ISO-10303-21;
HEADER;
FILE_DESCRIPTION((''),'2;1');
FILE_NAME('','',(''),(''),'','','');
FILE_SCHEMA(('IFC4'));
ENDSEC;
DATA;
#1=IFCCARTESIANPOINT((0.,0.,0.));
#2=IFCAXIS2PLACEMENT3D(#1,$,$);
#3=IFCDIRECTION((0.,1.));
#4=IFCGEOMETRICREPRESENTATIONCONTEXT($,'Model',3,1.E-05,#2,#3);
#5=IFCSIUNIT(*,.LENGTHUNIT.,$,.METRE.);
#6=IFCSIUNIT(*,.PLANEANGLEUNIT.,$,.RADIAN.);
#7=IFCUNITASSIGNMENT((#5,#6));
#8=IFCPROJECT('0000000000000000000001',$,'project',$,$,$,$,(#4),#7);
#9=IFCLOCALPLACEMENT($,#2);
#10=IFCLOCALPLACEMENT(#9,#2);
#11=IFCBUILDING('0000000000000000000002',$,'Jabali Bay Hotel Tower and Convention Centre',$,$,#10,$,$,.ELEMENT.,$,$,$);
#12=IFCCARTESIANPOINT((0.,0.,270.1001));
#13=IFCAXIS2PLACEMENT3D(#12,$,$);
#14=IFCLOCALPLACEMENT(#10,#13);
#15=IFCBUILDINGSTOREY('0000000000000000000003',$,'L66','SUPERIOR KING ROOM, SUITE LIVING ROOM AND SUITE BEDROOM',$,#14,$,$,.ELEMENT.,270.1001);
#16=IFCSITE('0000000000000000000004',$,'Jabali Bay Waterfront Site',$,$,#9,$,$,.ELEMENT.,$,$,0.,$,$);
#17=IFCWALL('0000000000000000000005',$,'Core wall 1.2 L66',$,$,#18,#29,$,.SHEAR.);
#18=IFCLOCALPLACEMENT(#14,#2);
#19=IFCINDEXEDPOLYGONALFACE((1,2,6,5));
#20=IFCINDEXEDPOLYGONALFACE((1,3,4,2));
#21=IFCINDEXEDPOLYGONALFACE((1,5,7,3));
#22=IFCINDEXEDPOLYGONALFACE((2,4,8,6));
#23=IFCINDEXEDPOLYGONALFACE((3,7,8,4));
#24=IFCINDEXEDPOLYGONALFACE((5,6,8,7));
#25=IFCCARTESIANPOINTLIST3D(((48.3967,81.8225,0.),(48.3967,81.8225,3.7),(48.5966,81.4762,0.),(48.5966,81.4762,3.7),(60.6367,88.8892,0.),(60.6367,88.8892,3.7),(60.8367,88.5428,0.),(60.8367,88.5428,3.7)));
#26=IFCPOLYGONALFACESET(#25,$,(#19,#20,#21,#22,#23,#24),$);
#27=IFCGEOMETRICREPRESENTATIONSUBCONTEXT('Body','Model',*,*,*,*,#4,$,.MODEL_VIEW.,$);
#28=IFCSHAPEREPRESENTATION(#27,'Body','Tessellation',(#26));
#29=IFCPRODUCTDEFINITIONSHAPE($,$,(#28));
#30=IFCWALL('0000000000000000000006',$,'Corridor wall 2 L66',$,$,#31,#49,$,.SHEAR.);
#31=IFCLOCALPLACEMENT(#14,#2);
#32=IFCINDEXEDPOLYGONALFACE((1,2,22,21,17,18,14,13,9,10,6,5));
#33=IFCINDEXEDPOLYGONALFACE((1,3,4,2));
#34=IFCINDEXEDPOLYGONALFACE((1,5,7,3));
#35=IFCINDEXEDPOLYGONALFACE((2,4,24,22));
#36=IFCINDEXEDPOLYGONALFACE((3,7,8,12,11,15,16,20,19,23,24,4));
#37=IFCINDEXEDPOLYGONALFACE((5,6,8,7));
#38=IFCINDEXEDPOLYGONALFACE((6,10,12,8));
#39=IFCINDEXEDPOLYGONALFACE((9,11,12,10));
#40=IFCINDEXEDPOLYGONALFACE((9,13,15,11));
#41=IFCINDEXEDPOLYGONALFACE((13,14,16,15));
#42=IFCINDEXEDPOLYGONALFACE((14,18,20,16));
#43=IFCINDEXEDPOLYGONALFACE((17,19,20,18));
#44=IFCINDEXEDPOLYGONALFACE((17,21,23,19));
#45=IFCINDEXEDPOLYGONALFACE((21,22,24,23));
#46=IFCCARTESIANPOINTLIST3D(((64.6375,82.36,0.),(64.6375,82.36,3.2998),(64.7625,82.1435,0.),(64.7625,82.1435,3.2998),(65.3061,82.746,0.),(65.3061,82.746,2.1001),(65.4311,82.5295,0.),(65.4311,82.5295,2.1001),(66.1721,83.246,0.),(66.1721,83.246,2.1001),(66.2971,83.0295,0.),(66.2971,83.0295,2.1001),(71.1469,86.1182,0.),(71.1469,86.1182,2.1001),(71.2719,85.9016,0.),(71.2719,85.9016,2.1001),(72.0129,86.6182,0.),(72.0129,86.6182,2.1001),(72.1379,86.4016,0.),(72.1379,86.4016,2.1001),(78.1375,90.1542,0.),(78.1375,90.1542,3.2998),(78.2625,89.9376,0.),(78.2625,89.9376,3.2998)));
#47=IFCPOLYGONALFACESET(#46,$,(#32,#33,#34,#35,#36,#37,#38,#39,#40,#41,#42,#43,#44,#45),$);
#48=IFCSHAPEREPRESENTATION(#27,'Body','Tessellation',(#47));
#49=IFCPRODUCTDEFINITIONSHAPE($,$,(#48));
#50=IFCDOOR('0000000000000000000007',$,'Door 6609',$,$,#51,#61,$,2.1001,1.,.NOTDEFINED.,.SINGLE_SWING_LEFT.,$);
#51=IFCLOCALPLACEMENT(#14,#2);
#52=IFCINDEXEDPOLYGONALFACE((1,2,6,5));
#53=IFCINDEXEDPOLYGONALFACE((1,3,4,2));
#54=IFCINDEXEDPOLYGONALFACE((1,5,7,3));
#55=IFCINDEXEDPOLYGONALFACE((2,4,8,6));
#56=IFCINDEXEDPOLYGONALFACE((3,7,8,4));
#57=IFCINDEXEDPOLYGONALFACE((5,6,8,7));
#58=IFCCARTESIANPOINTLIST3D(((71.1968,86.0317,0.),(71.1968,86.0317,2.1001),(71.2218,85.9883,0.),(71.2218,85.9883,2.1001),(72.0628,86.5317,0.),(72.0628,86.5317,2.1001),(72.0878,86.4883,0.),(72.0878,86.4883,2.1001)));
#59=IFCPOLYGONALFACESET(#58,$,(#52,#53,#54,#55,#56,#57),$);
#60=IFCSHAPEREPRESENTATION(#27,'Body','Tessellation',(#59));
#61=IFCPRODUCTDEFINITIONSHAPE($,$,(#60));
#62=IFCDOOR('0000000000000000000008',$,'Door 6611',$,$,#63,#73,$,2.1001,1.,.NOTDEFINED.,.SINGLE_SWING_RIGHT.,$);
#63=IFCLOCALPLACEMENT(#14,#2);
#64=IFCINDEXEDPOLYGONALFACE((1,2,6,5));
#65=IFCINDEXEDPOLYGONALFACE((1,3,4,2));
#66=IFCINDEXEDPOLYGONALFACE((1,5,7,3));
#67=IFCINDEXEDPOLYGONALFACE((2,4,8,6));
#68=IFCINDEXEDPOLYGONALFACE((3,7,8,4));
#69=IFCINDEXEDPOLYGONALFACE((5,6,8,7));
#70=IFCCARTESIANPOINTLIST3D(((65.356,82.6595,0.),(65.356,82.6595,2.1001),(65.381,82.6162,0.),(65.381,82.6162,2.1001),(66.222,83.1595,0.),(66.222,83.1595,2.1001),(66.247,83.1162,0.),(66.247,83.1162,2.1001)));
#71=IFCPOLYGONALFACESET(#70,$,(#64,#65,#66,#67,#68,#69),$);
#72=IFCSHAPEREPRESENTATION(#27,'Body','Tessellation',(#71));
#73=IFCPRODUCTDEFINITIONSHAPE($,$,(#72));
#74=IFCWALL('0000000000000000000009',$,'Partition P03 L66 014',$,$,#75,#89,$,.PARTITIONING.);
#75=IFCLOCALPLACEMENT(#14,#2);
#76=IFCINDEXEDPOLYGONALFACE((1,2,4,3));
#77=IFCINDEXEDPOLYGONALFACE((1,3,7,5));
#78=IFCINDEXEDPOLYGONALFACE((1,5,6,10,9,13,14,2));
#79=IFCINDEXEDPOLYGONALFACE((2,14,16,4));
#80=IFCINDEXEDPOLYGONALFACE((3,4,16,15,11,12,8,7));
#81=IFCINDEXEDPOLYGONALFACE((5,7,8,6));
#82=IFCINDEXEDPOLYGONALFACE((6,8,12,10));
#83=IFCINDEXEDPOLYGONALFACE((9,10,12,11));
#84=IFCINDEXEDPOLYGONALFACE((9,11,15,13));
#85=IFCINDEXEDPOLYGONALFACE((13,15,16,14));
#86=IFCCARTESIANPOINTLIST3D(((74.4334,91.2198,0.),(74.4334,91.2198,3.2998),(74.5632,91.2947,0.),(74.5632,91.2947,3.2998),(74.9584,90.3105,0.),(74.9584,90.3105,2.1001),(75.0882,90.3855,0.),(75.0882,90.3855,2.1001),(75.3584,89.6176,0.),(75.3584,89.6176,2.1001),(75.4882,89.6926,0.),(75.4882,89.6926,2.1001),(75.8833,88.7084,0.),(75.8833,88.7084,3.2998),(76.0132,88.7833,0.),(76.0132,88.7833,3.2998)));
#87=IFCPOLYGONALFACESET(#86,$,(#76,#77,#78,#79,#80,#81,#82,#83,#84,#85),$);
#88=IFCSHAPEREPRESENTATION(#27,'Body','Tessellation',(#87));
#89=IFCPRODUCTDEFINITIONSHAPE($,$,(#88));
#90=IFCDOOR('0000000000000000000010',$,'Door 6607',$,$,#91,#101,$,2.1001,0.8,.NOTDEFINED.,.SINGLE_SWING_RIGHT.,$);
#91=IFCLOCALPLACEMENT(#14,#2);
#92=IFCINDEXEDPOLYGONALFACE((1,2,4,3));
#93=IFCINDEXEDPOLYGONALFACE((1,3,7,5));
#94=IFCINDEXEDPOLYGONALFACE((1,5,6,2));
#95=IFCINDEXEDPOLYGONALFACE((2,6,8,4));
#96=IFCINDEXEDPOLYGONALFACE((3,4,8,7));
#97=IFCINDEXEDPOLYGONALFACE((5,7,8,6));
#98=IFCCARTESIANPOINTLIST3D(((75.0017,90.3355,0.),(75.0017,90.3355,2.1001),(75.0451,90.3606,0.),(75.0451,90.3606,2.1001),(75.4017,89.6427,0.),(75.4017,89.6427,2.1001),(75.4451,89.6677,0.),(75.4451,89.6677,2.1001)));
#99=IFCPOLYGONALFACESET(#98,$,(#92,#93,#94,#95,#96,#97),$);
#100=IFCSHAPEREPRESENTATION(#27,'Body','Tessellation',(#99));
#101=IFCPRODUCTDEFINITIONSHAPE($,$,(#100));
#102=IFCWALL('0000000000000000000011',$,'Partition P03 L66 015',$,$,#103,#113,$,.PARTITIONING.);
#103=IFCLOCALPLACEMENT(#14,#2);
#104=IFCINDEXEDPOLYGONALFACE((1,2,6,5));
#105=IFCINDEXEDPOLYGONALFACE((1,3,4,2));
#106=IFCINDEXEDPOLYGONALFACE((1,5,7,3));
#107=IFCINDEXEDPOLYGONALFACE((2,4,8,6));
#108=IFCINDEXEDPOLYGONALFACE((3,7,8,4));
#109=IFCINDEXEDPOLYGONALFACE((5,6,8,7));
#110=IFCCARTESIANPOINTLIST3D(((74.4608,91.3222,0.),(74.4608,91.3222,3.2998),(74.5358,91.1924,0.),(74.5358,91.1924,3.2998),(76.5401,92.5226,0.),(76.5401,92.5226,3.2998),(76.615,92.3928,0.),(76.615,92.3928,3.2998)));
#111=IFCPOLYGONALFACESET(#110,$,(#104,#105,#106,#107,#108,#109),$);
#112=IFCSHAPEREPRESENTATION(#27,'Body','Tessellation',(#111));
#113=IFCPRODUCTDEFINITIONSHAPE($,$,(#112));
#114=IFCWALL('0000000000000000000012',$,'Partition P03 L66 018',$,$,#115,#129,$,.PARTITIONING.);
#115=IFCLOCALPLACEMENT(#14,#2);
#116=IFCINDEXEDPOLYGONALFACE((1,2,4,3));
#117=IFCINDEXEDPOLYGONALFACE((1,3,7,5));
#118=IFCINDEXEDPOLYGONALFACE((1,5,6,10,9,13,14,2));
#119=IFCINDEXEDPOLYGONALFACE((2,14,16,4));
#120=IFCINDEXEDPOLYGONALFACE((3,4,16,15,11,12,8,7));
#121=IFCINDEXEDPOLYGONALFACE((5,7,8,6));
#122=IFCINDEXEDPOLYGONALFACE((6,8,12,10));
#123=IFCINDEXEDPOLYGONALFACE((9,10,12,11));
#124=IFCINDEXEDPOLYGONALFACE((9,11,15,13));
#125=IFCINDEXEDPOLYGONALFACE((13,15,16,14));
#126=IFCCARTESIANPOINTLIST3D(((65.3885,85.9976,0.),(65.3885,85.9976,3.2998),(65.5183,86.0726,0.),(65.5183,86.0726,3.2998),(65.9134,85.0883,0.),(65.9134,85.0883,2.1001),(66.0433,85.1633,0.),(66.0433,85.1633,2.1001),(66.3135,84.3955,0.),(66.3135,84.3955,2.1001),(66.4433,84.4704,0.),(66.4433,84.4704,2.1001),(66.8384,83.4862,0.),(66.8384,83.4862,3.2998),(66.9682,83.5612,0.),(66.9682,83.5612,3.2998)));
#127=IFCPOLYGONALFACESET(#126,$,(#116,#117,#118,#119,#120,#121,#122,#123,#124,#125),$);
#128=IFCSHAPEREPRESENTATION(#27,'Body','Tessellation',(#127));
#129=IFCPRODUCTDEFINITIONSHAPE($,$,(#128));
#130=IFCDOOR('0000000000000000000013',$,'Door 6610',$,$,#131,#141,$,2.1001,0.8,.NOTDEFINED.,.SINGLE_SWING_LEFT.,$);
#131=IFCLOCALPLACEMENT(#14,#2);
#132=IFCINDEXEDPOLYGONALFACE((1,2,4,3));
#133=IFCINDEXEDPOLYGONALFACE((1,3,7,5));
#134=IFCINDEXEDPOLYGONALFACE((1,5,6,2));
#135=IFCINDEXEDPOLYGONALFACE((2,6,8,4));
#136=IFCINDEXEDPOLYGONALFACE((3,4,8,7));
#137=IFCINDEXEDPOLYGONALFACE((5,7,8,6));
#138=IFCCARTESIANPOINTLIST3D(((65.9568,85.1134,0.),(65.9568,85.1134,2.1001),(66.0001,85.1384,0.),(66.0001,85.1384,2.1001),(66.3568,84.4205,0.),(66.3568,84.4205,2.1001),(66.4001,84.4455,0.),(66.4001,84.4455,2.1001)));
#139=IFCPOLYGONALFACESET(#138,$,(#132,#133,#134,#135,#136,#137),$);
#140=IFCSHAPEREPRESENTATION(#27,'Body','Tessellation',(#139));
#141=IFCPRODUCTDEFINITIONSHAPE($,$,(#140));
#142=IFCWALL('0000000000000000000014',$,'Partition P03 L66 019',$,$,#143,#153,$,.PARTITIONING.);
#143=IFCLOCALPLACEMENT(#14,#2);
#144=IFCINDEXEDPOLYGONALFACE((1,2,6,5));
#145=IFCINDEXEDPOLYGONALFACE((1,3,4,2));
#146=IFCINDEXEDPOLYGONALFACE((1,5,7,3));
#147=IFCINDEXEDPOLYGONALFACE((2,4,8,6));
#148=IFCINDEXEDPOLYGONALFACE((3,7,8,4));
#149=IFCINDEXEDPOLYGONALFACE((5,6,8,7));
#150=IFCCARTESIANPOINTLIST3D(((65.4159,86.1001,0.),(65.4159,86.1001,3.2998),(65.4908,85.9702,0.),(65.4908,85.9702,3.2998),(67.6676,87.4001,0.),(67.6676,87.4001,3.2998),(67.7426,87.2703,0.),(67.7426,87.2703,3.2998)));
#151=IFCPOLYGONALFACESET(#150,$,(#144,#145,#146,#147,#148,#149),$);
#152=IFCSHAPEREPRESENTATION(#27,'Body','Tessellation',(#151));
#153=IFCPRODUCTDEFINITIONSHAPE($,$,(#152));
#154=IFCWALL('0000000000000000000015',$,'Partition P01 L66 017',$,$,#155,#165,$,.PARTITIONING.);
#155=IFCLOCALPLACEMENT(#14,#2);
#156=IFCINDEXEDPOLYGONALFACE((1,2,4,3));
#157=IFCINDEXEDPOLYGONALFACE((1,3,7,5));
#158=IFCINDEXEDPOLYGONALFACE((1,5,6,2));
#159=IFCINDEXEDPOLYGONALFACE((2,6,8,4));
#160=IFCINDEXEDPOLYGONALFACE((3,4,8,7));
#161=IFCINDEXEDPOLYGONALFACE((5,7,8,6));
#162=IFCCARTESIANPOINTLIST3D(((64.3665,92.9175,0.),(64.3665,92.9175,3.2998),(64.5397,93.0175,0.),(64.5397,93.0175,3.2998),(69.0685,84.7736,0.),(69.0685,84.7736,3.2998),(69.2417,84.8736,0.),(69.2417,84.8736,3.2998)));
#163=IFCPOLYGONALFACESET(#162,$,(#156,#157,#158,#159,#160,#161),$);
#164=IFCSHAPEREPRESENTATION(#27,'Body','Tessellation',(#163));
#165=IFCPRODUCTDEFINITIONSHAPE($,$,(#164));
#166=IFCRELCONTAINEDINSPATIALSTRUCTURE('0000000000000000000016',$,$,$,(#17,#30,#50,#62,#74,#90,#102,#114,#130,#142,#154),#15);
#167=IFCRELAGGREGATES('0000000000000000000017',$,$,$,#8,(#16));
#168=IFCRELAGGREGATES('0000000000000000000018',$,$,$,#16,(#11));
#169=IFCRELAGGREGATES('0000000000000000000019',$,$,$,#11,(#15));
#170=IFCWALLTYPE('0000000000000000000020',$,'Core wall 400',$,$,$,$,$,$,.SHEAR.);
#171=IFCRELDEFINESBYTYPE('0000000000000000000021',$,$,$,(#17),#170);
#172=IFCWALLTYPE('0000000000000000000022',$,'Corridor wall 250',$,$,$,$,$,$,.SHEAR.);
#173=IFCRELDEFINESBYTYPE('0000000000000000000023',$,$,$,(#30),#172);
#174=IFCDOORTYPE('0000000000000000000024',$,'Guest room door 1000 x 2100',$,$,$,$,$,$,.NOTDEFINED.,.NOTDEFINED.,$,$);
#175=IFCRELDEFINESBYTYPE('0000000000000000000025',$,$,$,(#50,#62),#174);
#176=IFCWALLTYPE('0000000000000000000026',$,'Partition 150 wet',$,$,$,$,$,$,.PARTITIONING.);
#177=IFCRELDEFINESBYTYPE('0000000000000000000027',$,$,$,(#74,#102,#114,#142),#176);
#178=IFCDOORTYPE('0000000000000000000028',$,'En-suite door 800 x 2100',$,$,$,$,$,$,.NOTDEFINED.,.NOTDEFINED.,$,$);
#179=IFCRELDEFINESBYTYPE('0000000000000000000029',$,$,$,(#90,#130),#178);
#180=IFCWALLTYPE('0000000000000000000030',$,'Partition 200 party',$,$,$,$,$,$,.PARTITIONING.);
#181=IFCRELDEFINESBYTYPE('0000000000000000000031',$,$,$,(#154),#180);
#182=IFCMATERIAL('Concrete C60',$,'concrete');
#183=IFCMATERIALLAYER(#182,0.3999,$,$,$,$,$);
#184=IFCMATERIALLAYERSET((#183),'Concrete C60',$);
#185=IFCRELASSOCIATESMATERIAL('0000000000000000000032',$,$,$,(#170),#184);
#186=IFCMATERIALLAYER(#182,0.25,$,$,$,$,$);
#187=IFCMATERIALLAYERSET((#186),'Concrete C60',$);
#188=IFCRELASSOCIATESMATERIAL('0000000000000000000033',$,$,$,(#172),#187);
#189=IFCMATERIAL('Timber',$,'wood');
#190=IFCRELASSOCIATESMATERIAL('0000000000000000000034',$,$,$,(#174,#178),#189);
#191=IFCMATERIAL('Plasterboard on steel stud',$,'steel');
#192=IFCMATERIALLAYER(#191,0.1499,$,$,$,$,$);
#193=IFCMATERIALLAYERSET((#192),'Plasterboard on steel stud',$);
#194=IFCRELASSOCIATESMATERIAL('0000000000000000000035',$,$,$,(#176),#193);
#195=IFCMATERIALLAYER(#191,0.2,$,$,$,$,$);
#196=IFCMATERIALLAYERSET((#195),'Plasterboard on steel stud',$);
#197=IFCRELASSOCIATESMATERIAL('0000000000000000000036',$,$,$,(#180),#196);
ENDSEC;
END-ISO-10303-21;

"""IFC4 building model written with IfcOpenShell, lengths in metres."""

from ifc_helpers import new_model, si_unit, direction, frame, frame_2d, origin, place, context, subcontext, project, spatial, rectangle, extrude, material, layer, layer_set, type_object, element, fill, save


model = new_model("IFC4")

# Units and contexts
model_context = context("Model", 3, precision=1e-05, world=origin(), true_north=direction((0.0, 1.0)))
body_context = subcontext(model_context, "Body", "Model", "MODEL_VIEW")
ifc_project = project(units=[si_unit("LENGTHUNIT", "METRE"), si_unit("PLANEANGLEUNIT", "RADIAN")], contexts=[model_context])

# Site, building, storey
site_placement = place(None, origin())
site = spatial("IfcSite", under=ifc_project, at=site_placement, Name="Jabali Bay Waterfront Site", CompositionType="ELEMENT", RefElevation=0.0)
building_placement = place(site_placement, origin())
building = spatial("IfcBuilding", under=site, at=building_placement, Name="Jabali Bay Hotel Tower and Convention Centre", CompositionType="ELEMENT")
storey_placement = place(building_placement, frame((0.0, 0.0, 270.1001)))
storey = spatial("IfcBuildingStorey", under=building, at=storey_placement, Name="L66", Description="SUPERIOR KING ROOM, SUITE LIVING ROOM AND SUITE BEDROOM", CompositionType="ELEMENT", Elevation=270.1001)

# Shared definitions
ifc_material_1 = material(Name="Concrete C60", Category="concrete")
ifc_layer_1 = layer(ifc_material_1, 0.3999)
ifc_layer_set_1 = layer_set([ifc_layer_1], Name="Concrete C60")
wall_type_1 = type_object("IfcWallType", Name="Core wall 400", PredefinedType="SHEAR", material=ifc_layer_set_1)

# Wall
wall_1_placement = place(storey_placement, frame((60.7368, 88.7161, 0.0), z_axis=(0.0, 0.0, 1.0), x_axis=(-0.866029, -0.499994, 0.0)))
element("IfcWall", 1, at=wall_1_placement, inside=storey, type_object=wall_type_1, Name="Core wall 1.2 L66", PredefinedType="SHEAR", context=body_context, shape_type="SweptSolid", body=[
    extrude(rectangle(XDim=14.1335, YDim=0.3999, at=frame_2d((7.0669, 0.0))), origin(), (0.0, 0.0, 1.0), 3.7),
])

# Wall, openings, doors
ifc_layer_2 = layer(ifc_material_1, 0.25)
ifc_layer_set_2 = layer_set([ifc_layer_2], Name="Concrete C60")
wall_type_2 = type_object("IfcWallType", Name="Corridor wall 250", PredefinedType="SHEAR", material=ifc_layer_set_2)
wall_2_placement = place(storey_placement, frame((78.2, 90.0459, 0.0), z_axis=(0.0, 0.0, 1.0), x_axis=(-0.866026, -0.499998, 0.0)))
wall_2 = element("IfcWall", 2, at=wall_2_placement, inside=storey, type_object=wall_type_2, Name="Corridor wall 2 L66", PredefinedType="SHEAR", context=body_context, shape_type="SweptSolid", body=[
    extrude(rectangle(XDim=15.5884, YDim=0.25, at=frame_2d((7.7942, 0.0))), origin(), (0.0, 0.0, 1.0), 3.2998),
])
opening_1_placement = place(wall_2_placement, frame((7.072, 0.0, 0.0)))
opening_1 = element("IfcOpeningElement", 3, at=opening_1_placement, cuts=wall_2, PredefinedType="OPENING", context=body_context, shape_type="SweptSolid", body=[
    extrude(rectangle(XDim=1.0, YDim=2.1001, at=frame_2d((0.5, 1.05))), frame((0.0, 0.1355, 0.0), z_axis=(0.0, -1.0, 0.0), x_axis=(1.0, 0.0, 0.0)), (0.0, 0.0, 1.0), 0.271),
])
opening_2_placement = place(wall_2_placement, frame((13.8164, 0.0, 0.0)))
opening_2 = element("IfcOpeningElement", 4, at=opening_2_placement, cuts=wall_2, PredefinedType="OPENING", context=body_context, shape_type="SweptSolid", body=[
    extrude(rectangle(XDim=1.0, YDim=2.1001, at=frame_2d((0.5, 1.05))), frame((0.0, 0.1355, 0.0), z_axis=(0.0, -1.0, 0.0), x_axis=(1.0, 0.0, 0.0)), (0.0, 0.0, 1.0), 0.271),
])
ifc_material_2 = material(Name="Timber", Category="wood")
door_type_1 = type_object("IfcDoorType", Name="Guest room door 1000 x 2100", OperationType="NOTDEFINED", PredefinedType="NOTDEFINED", material=ifc_material_2)
door_1_placement = place(opening_1_placement, origin())
door_1 = element("IfcDoor", 5, at=door_1_placement, inside=storey, type_object=door_type_1, Name="Door 6609", OperationType="SINGLE_SWING_LEFT", OverallHeight=2.1001, OverallWidth=1.0, PredefinedType="NOTDEFINED", context=body_context, shape_type="SweptSolid", body=[
    extrude(rectangle(XDim=1.0, YDim=2.1001, at=frame_2d((0.5, 1.05))), frame((0.0, 0.0249, 0.0), z_axis=(0.0, -1.0, 0.0), x_axis=(1.0, 0.0, 0.0)), (0.0, 0.0, 1.0), 0.05),
])
fill(opening_1, door_1)
door_2_placement = place(opening_2_placement, origin())
door_2 = element("IfcDoor", 6, at=door_2_placement, inside=storey, type_object=door_type_1, Name="Door 6611", OperationType="SINGLE_SWING_RIGHT", OverallHeight=2.1001, OverallWidth=1.0, PredefinedType="NOTDEFINED", context=body_context, shape_type="SweptSolid", body=[
    extrude(rectangle(XDim=1.0, YDim=2.1001, at=frame_2d((0.5, 1.05))), frame((0.0, 0.0249, 0.0), z_axis=(0.0, -1.0, 0.0), x_axis=(1.0, 0.0, 0.0)), (0.0, 0.0, 1.0), 0.05),
])
fill(opening_2, door_2)

# Wall, opening, door
ifc_material_3 = material(Name="Plasterboard on steel stud", Category="steel")
ifc_layer_3 = layer(ifc_material_3, 0.1499)
ifc_layer_set_3 = layer_set([ifc_layer_3], Name="Plasterboard on steel stud")
wall_type_3 = type_object("IfcWallType", Name="Partition 150 wet", PredefinedType="PARTITIONING", material=ifc_layer_set_3)
wall_3_placement = place(storey_placement, frame((75.9482, 88.7458, 0.0), z_axis=(0.0, 0.0, 1.0), x_axis=(-0.499987, 0.866033, 0.0)))
wall_3 = element("IfcWall", 7, at=wall_3_placement, inside=storey, type_object=wall_type_3, Name="Partition P03 L66 014", PredefinedType="PARTITIONING", context=body_context, shape_type="SweptSolid", body=[
    extrude(rectangle(XDim=2.8999, YDim=0.1499, at=frame_2d((1.45, 0.0))), origin(), (0.0, 0.0, 1.0), 3.2998),
])
opening_3_placement = place(wall_3_placement, frame((1.05, 0.0, 0.0)))
opening_3 = element("IfcOpeningElement", 8, at=opening_3_placement, cuts=wall_3, PredefinedType="OPENING", context=body_context, shape_type="SweptSolid", body=[
    extrude(rectangle(XDim=0.8, YDim=2.1001, at=frame_2d((0.3999, 1.05))), frame((0.0, 0.0854, 0.0), z_axis=(0.0, -1.0, 0.0), x_axis=(1.0, 0.0, 0.0)), (0.0, 0.0, 1.0), 0.1709),
])
door_type_2 = type_object("IfcDoorType", Name="En-suite door 800 x 2100", OperationType="NOTDEFINED", PredefinedType="NOTDEFINED", material=ifc_material_2)
door_3_placement = place(opening_3_placement, origin())
door_3 = element("IfcDoor", 9, at=door_3_placement, inside=storey, type_object=door_type_2, Name="Door 6607", OperationType="SINGLE_SWING_RIGHT", OverallHeight=2.1001, OverallWidth=0.8, PredefinedType="NOTDEFINED", context=body_context, shape_type="SweptSolid", body=[
    extrude(rectangle(XDim=0.8, YDim=2.1001, at=frame_2d((0.3999, 1.05))), frame((0.0, 0.0249, 0.0), z_axis=(0.0, -1.0, 0.0), x_axis=(1.0, 0.0, 0.0)), (0.0, 0.0, 1.0), 0.05),
])
fill(opening_3, door_3)

# Wall
wall_4_placement = place(storey_placement, frame((74.4983, 91.2573, 0.0), z_axis=(0.0, 0.0, 1.0), x_axis=(0.866038, 0.499978, 0.0)))
element("IfcWall", 10, at=wall_4_placement, inside=storey, type_object=wall_type_3, Name="Partition P03 L66 015", PredefinedType="PARTITIONING", context=body_context, shape_type="SweptSolid", body=[
    extrude(rectangle(XDim=2.4009, YDim=0.1499, at=frame_2d((1.2004, 0.0))), origin(), (0.0, 0.0, 1.0), 3.2998),
])

# Wall, opening, door
wall_5_placement = place(storey_placement, frame((66.9033, 83.5237, 0.0), z_axis=(0.0, 0.0, 1.0), x_axis=(-0.499987, 0.866033, 0.0)))
wall_5 = element("IfcWall", 11, at=wall_5_placement, inside=storey, type_object=wall_type_3, Name="Partition P03 L66 018", PredefinedType="PARTITIONING", context=body_context, shape_type="SweptSolid", body=[
    extrude(rectangle(XDim=2.8999, YDim=0.1499, at=frame_2d((1.45, 0.0))), origin(), (0.0, 0.0, 1.0), 3.2998),
])
opening_4_placement = place(wall_5_placement, frame((1.05, 0.0, 0.0)))
opening_4 = element("IfcOpeningElement", 12, at=opening_4_placement, cuts=wall_5, PredefinedType="OPENING", context=body_context, shape_type="SweptSolid", body=[
    extrude(rectangle(XDim=0.8, YDim=2.1001, at=frame_2d((0.3999, 1.05))), frame((0.0, 0.0854, 0.0), z_axis=(0.0, -1.0, 0.0), x_axis=(1.0, 0.0, 0.0)), (0.0, 0.0, 1.0), 0.1709),
])
door_4_placement = place(opening_4_placement, origin())
door_4 = element("IfcDoor", 13, at=door_4_placement, inside=storey, type_object=door_type_2, Name="Door 6610", OperationType="SINGLE_SWING_LEFT", OverallHeight=2.1001, OverallWidth=0.8, PredefinedType="NOTDEFINED", context=body_context, shape_type="SweptSolid", body=[
    extrude(rectangle(XDim=0.8, YDim=2.1001, at=frame_2d((0.3999, 1.05))), frame((0.0, 0.0249, 0.0), z_axis=(0.0, -1.0, 0.0), x_axis=(1.0, 0.0, 0.0)), (0.0, 0.0, 1.0), 0.05),
])
fill(opening_4, door_4)

# Walls
wall_6_placement = place(storey_placement, frame((65.4534, 86.0352, 0.0), z_axis=(0.0, 0.0, 1.0), x_axis=(0.866021, 0.500007, 0.0)))
element("IfcWall", 14, at=wall_6_placement, inside=storey, type_object=wall_type_3, Name="Partition P03 L66 019", PredefinedType="PARTITIONING", context=body_context, shape_type="SweptSolid", body=[
    extrude(rectangle(XDim=2.6001, YDim=0.1499, at=frame_2d((1.3, 0.0))), origin(), (0.0, 0.0, 1.0), 3.2998),
])
ifc_layer_4 = layer(ifc_material_3, 0.2)
ifc_layer_set_4 = layer_set([ifc_layer_4], Name="Plasterboard on steel stud")
wall_type_4 = type_object("IfcWallType", Name="Partition 200 party", PredefinedType="PARTITIONING", material=ifc_layer_set_4)
wall_7_placement = place(storey_placement, frame((64.4531, 92.9675, 0.0), z_axis=(0.0, 0.0, 1.0), x_axis=(0.500006, -0.866022, 0.0)))
element("IfcWall", 15, at=wall_7_placement, inside=storey, type_object=wall_type_4, Name="Partition P01 L66 017", PredefinedType="PARTITIONING", context=body_context, shape_type="SweptSolid", body=[
    extrude(rectangle(XDim=9.4038, YDim=0.2, at=frame_2d((4.7019, 0.0))), origin(), (0.0, 0.0, 1.0), 3.2998),
])

save(model, "model.ifc")
